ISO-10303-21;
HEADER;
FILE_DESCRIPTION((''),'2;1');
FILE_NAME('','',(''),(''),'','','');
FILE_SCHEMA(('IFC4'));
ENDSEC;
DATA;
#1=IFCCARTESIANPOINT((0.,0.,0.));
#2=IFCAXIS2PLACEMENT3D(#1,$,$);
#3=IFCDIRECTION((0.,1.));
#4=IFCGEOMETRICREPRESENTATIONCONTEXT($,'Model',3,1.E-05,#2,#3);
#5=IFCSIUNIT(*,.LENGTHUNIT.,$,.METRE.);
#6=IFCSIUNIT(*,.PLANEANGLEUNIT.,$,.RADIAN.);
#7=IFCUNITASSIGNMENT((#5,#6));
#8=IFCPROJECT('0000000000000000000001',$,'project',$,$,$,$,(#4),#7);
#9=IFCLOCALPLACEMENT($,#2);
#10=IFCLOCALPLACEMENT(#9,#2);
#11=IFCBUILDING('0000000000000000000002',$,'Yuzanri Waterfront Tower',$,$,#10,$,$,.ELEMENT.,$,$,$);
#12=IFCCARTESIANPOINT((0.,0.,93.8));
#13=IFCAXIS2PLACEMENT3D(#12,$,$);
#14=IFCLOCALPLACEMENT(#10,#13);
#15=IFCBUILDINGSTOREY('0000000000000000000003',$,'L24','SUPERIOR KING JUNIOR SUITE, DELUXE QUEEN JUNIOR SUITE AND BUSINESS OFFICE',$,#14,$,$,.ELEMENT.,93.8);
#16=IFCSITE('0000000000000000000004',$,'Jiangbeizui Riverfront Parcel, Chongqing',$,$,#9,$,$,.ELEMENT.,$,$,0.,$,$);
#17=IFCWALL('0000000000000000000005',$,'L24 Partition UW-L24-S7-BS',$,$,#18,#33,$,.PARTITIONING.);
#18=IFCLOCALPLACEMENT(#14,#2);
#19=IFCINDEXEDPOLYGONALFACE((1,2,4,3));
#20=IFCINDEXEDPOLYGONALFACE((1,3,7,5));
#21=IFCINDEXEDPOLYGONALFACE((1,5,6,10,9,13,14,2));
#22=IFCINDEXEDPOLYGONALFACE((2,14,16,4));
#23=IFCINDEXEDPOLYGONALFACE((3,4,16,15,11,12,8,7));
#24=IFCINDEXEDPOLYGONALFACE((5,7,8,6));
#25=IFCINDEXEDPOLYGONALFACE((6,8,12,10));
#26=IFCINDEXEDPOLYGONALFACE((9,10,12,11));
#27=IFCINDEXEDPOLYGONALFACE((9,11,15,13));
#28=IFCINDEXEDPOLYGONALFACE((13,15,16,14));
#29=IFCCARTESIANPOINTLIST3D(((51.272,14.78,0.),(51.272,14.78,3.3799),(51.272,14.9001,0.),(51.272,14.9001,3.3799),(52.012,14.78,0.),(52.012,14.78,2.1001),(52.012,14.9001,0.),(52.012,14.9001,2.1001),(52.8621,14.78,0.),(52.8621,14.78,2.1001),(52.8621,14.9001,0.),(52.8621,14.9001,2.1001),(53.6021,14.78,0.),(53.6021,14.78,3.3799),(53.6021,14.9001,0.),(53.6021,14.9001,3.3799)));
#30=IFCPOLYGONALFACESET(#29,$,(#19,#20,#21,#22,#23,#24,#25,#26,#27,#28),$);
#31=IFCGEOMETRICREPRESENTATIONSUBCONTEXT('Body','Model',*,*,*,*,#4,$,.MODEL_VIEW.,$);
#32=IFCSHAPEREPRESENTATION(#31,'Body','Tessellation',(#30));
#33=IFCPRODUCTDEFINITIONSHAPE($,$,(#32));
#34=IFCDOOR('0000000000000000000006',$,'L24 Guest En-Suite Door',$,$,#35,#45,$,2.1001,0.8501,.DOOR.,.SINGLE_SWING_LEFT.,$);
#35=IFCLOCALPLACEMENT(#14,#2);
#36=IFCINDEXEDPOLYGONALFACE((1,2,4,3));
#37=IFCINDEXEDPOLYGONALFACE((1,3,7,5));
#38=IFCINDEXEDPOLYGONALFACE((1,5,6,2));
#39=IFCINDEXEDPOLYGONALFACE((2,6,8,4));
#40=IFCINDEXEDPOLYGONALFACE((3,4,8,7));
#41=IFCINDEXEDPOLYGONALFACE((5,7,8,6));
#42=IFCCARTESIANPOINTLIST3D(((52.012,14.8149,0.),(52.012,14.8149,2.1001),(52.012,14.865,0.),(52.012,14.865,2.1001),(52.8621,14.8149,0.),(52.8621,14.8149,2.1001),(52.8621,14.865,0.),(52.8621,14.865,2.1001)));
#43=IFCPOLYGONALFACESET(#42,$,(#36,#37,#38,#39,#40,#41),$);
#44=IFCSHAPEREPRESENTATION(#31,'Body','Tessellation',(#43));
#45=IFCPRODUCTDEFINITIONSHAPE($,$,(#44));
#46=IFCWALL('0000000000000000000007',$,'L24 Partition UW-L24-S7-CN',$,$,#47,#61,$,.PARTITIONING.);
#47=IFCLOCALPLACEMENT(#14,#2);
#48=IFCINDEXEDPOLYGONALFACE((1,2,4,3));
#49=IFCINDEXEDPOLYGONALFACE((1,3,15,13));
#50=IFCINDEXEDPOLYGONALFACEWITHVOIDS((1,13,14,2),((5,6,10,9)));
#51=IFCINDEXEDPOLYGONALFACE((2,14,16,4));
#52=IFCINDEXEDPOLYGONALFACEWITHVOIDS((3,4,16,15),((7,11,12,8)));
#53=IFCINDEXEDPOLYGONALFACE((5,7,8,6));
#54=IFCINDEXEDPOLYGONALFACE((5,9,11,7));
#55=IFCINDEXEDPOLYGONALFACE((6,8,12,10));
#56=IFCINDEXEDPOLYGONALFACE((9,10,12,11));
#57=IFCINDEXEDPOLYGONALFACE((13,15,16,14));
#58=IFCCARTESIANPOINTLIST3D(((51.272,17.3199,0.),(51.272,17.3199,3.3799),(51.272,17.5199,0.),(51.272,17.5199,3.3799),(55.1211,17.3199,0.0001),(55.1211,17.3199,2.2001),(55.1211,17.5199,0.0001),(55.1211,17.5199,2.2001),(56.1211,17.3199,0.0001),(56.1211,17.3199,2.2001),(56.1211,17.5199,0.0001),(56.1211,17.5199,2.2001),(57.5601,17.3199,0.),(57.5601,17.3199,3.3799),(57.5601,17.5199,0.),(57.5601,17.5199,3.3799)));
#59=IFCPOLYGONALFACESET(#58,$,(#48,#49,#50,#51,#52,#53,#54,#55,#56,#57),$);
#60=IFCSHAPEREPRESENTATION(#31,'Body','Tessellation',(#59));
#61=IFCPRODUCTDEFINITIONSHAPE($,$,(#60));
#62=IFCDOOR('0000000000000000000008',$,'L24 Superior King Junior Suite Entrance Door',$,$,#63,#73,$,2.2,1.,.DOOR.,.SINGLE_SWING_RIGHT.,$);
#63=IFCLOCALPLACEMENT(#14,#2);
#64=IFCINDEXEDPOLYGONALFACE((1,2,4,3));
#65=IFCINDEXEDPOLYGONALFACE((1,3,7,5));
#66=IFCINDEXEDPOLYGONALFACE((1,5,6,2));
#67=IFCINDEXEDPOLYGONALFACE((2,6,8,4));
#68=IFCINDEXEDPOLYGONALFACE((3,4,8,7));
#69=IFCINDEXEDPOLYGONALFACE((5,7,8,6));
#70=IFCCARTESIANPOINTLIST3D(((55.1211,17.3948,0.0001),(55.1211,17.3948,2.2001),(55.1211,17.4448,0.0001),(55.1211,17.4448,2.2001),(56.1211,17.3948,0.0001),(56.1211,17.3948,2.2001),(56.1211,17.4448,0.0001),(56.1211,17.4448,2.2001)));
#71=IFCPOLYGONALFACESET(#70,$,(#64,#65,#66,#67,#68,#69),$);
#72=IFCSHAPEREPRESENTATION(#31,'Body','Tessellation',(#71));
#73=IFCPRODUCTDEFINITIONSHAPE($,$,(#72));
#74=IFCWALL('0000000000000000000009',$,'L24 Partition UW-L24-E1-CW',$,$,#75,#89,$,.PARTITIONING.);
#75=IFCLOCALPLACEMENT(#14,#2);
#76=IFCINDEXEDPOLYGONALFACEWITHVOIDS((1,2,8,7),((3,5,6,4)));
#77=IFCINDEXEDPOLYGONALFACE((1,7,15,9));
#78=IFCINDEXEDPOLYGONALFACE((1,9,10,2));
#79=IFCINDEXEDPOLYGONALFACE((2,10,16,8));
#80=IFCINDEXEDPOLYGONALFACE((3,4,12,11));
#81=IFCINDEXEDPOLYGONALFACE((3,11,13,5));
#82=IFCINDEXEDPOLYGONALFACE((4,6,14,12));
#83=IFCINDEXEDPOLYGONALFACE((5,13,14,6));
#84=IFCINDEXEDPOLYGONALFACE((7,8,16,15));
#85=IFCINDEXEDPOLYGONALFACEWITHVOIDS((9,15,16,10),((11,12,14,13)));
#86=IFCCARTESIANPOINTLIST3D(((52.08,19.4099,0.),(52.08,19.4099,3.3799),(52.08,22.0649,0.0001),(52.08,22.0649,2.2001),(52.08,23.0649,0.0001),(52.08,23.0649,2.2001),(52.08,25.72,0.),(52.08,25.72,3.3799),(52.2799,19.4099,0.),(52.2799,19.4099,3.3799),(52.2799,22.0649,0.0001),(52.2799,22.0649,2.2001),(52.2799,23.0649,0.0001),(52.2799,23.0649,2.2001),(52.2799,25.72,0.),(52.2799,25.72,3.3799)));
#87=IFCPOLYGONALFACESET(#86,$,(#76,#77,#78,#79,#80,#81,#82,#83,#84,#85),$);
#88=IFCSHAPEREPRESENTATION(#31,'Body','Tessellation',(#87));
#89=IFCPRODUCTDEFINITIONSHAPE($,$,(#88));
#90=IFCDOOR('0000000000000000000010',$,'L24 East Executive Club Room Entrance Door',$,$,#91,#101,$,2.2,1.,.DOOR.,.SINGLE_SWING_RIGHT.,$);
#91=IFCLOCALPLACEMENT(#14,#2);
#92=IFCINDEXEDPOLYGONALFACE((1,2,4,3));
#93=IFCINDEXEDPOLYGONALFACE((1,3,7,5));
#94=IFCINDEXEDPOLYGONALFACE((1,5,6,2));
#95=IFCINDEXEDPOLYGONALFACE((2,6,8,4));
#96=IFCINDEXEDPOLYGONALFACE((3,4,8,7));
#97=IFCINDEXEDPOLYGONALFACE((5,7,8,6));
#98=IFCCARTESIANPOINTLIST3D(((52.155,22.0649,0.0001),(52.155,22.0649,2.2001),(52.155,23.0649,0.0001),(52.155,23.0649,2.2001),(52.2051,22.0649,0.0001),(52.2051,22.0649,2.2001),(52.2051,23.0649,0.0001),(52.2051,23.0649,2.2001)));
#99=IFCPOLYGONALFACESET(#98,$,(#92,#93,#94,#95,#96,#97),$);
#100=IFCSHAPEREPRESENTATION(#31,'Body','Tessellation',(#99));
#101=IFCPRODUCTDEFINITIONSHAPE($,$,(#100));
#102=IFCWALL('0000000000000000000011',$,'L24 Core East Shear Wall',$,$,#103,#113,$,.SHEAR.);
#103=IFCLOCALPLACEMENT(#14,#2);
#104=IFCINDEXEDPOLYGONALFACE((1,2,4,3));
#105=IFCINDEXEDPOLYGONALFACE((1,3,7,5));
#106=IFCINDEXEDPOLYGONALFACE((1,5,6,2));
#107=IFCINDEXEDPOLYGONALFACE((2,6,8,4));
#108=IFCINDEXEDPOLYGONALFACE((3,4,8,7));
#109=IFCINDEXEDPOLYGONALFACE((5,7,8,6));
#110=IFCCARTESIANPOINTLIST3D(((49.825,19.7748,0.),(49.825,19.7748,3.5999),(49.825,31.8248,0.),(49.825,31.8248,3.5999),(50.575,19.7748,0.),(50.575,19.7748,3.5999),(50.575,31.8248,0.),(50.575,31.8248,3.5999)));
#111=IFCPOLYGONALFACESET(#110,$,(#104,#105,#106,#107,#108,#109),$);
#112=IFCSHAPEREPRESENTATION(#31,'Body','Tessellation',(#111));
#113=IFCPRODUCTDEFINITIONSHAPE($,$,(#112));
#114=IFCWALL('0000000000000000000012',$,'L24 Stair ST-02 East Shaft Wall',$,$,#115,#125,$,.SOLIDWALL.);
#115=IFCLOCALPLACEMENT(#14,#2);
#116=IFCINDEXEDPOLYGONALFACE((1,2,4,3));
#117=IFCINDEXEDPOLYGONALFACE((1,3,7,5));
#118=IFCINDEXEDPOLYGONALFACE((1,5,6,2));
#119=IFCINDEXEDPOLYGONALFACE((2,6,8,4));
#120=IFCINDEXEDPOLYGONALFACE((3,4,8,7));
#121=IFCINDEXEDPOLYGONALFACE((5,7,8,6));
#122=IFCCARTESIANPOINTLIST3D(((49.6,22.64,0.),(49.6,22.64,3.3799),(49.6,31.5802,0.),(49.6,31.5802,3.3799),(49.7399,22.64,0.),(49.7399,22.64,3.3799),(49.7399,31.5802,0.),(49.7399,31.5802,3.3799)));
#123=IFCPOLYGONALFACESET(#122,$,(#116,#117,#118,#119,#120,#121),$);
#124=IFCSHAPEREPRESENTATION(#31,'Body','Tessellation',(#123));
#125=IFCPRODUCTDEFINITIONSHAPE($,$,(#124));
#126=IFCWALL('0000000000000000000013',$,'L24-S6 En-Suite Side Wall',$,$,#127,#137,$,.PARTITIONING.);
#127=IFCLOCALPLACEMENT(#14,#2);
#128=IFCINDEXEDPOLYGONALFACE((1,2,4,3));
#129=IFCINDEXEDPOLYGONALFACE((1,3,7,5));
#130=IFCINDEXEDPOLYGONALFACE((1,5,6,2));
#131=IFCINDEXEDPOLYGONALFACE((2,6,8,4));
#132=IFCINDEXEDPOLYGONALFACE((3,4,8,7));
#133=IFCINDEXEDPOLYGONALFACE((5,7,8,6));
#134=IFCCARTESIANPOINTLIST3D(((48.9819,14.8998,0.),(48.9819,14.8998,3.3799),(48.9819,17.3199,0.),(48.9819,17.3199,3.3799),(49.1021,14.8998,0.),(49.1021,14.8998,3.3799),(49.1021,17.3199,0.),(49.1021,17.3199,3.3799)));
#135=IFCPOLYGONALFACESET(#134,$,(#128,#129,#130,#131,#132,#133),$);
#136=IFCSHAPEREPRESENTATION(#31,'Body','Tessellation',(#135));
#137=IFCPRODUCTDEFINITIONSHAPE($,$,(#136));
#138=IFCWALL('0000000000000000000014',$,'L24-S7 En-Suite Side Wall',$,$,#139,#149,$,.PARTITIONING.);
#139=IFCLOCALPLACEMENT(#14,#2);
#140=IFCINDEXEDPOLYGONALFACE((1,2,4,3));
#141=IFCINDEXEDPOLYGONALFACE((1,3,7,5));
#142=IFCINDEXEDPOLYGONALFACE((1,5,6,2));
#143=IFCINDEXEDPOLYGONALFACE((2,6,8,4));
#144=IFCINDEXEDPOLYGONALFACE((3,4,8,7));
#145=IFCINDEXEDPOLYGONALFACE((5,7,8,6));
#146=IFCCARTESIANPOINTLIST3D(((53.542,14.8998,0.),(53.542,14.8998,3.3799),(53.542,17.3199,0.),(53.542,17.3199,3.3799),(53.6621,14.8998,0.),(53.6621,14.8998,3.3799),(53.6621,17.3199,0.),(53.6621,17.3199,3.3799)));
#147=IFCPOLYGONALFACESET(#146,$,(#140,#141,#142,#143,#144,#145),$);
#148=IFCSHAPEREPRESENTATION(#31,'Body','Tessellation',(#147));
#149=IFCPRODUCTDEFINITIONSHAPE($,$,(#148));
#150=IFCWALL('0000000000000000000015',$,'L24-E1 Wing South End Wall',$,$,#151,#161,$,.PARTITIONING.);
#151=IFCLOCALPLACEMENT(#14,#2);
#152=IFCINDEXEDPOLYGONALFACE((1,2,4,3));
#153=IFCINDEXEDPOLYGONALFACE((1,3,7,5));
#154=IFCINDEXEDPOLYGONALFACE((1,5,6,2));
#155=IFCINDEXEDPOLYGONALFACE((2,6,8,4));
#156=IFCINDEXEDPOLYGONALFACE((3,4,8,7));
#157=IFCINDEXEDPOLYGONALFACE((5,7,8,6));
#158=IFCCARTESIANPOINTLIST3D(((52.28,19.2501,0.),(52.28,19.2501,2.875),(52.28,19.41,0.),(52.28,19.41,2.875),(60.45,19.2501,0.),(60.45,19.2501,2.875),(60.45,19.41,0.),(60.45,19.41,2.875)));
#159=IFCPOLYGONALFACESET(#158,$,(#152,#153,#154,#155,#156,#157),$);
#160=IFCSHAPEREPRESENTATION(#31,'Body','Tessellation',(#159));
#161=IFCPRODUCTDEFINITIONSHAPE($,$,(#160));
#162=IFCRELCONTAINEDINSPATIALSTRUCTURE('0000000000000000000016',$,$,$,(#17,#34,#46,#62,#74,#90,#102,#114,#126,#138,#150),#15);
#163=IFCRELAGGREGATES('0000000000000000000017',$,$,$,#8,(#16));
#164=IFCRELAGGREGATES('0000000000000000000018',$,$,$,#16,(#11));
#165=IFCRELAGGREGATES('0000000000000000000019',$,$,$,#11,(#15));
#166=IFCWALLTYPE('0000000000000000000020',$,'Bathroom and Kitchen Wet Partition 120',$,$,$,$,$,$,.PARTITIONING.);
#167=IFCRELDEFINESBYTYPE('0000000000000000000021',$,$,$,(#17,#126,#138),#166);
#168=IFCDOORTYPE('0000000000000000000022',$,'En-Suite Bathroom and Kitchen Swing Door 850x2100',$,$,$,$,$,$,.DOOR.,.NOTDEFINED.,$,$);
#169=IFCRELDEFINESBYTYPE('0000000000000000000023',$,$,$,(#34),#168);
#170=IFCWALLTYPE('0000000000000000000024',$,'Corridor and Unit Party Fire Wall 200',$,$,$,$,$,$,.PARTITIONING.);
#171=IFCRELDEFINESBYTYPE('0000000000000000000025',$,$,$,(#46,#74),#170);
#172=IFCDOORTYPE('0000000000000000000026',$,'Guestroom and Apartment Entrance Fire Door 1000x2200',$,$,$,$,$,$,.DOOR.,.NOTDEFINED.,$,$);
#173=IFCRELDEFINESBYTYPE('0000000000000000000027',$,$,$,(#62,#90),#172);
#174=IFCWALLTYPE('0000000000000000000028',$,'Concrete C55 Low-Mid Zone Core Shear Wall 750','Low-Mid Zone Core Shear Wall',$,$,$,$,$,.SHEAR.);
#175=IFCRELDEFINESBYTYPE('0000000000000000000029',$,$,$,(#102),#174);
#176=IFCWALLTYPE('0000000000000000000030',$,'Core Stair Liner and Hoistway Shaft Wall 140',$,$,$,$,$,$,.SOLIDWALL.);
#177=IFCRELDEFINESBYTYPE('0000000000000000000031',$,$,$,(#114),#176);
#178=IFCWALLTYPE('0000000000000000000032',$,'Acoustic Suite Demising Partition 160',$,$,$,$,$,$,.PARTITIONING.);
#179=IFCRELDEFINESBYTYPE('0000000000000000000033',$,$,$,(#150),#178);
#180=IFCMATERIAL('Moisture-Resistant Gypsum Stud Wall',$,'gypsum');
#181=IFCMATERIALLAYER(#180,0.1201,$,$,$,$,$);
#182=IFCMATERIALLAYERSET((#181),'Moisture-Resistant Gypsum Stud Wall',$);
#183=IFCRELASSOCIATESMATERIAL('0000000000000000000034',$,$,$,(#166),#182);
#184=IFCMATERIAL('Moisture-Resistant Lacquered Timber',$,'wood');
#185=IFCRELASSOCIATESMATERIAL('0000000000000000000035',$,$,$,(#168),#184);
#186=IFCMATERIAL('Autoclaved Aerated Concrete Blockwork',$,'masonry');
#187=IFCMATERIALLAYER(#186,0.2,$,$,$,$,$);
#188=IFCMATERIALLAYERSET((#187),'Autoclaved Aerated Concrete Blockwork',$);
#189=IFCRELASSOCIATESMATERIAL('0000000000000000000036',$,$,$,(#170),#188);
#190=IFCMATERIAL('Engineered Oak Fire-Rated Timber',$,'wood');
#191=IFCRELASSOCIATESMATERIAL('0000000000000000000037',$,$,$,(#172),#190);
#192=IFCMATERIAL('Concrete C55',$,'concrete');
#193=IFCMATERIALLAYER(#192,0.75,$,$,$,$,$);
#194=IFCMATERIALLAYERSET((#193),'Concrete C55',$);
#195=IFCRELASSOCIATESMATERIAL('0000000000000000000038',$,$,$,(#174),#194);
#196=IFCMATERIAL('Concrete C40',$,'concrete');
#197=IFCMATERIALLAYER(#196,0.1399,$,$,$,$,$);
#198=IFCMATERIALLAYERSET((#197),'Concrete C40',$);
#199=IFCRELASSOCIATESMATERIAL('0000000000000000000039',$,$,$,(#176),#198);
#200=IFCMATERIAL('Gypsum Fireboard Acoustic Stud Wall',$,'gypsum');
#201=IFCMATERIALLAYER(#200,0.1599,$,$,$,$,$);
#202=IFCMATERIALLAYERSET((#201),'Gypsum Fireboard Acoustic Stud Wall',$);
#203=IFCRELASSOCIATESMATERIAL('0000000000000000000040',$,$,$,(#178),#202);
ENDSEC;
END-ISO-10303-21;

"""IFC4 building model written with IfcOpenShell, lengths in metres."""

from ifc_helpers import new_model, si_unit, direction, frame, frame_2d, origin, place, context, subcontext, project, spatial, rectangle, extrude, source, transform, mapped, material, layer, layer_set, type_object, element, fill, save


model = new_model("IFC4")

# Units and contexts
model_context = context("Model", 3, precision=1e-05, world=origin(), true_north=direction((0.0, 1.0)))
body_context = subcontext(model_context, "Body", "Model", "MODEL_VIEW")
ifc_project = project(units=[si_unit("LENGTHUNIT", "METRE"), si_unit("PLANEANGLEUNIT", "RADIAN")], contexts=[model_context])

# Site, building, storey
site_placement = place(None, origin())
site = spatial("IfcSite", under=ifc_project, at=site_placement, Name="Jiangbeizui Riverfront Parcel, Chongqing", CompositionType="ELEMENT", RefElevation=0.0)
building_placement = place(site_placement, origin())
building = spatial("IfcBuilding", under=site, at=building_placement, Name="Yuzanri Waterfront Tower", CompositionType="ELEMENT")
storey_placement = place(building_placement, frame((0.0, 0.0, 93.8)))
storey = spatial("IfcBuildingStorey", under=building, at=storey_placement, Name="L24", Description="SUPERIOR KING JUNIOR SUITE, DELUXE QUEEN JUNIOR SUITE AND BUSINESS OFFICE", CompositionType="ELEMENT", Elevation=93.8)

# Walls, openings, doors
ifc_material_1 = material(Name="Moisture-Resistant Gypsum Stud Wall", Category="gypsum")
ifc_layer_1 = layer(ifc_material_1, 0.1201)
ifc_layer_set_1 = layer_set([ifc_layer_1], Name="Moisture-Resistant Gypsum Stud Wall")
wall_type_1 = type_object("IfcWallType", Name="Bathroom and Kitchen Wet Partition 120", PredefinedType="PARTITIONING", material=ifc_layer_set_1)
wall_1_placement = place(storey_placement, frame((51.272, 14.8401, 0.0), z_axis=(0.0, 0.0, 1.0), x_axis=(1.0, 0.0, 0.0)))
wall_1 = element("IfcWall", 1, at=wall_1_placement, inside=storey, type_object=wall_type_1, Name="L24 Partition UW-L24-S7-BS", PredefinedType="PARTITIONING", context=body_context, shape_type="SweptSolid", body=[
    extrude(rectangle(XDim=2.3301, YDim=0.1201, at=frame_2d((1.165, 0.0))), origin(), (0.0, 0.0, 1.0), 3.3799),
])
opening_1_placement = place(wall_1_placement, frame((0.74, 0.0, 0.0)))
opening_1 = element("IfcOpeningElement", 2, at=opening_1_placement, cuts=wall_1, PredefinedType="OPENING", context=body_context, shape_type="SweptSolid", body=[
    extrude(rectangle(XDim=0.8501, YDim=2.1001, at=frame_2d((0.425, 1.05))), frame((0.0, 0.075, 0.0), z_axis=(0.0, -1.0, 0.0), x_axis=(1.0, 0.0, 0.0)), (0.0, 0.0, 1.0), 0.1499),
])
ifc_material_2 = material(Name="Moisture-Resistant Lacquered Timber", Category="wood")
door_type_1 = type_object("IfcDoorType", Name="En-Suite Bathroom and Kitchen Swing Door 850x2100", OperationType="NOTDEFINED", PredefinedType="DOOR", material=ifc_material_2)
shared_shape_1 = source(origin(), body_context, "Body", "SweptSolid", [
    extrude(rectangle(XDim=0.8501, YDim=2.1001, at=frame_2d((0.425, 1.05))), frame((0.0, 0.0249, 0.0), z_axis=(0.0, -1.0, 0.0), x_axis=(1.0, 0.0, 0.0)), (0.0, 0.0, 1.0), 0.05),
])
door_1_placement = place(opening_1_placement, origin())
door_1 = element("IfcDoor", 3, at=door_1_placement, inside=storey, type_object=door_type_1, Name="L24 Guest En-Suite Door", OperationType="SINGLE_SWING_LEFT", OverallHeight=2.1001, OverallWidth=0.8501, PredefinedType="DOOR", context=body_context, shape_type="MappedRepresentation", body=[
    mapped(shared_shape_1, transform((0.0, 0.0, 0.0), scale=1.0)),
])
fill(opening_1, door_1)
ifc_material_3 = material(Name="Autoclaved Aerated Concrete Blockwork", Category="masonry")
ifc_layer_2 = layer(ifc_material_3, 0.2)
ifc_layer_set_2 = layer_set([ifc_layer_2], Name="Autoclaved Aerated Concrete Blockwork")
wall_type_2 = type_object("IfcWallType", Name="Corridor and Unit Party Fire Wall 200", PredefinedType="PARTITIONING", material=ifc_layer_set_2)
wall_2_placement = place(storey_placement, frame((51.272, 17.4199, 0.0), z_axis=(0.0, 0.0, 1.0), x_axis=(1.0, 0.0, 0.0)))
wall_2 = element("IfcWall", 4, at=wall_2_placement, inside=storey, type_object=wall_type_2, Name="L24 Partition UW-L24-S7-CN", PredefinedType="PARTITIONING", context=body_context, shape_type="SweptSolid", body=[
    extrude(rectangle(XDim=6.2881, YDim=0.2, at=frame_2d((3.144, 0.0))), origin(), (0.0, 0.0, 1.0), 3.3799),
])
opening_2_placement = place(wall_2_placement, frame((3.8491, 0.0, 0.0)))
opening_2 = element("IfcOpeningElement", 5, at=opening_2_placement, cuts=wall_2, PredefinedType="OPENING", context=body_context, shape_type="SweptSolid", body=[
    extrude(rectangle(XDim=1.0, YDim=2.2, at=frame_2d((0.5, 1.1001))), frame((0.0, 0.1147, 0.0), z_axis=(0.0, -1.0, 0.0), x_axis=(1.0, 0.0, 0.0)), (0.0, 0.0, 1.0), 0.2297),
])
ifc_material_4 = material(Name="Engineered Oak Fire-Rated Timber", Category="wood")
door_type_2 = type_object("IfcDoorType", Name="Guestroom and Apartment Entrance Fire Door 1000x2200", OperationType="NOTDEFINED", PredefinedType="DOOR", material=ifc_material_4)
shared_shape_2 = source(origin(), body_context, "Body", "SweptSolid", [
    extrude(rectangle(XDim=1.0, YDim=2.2, at=frame_2d((0.5, 1.1001))), frame((0.0, 0.0249, 0.0), z_axis=(0.0, -1.0, 0.0), x_axis=(1.0, 0.0, 0.0)), (0.0, 0.0, 1.0), 0.05),
])
door_2_placement = place(opening_2_placement, origin())
door_2 = element("IfcDoor", 6, at=door_2_placement, inside=storey, type_object=door_type_2, Name="L24 Superior King Junior Suite Entrance Door", OperationType="SINGLE_SWING_RIGHT", OverallHeight=2.2, OverallWidth=1.0, PredefinedType="DOOR", context=body_context, shape_type="MappedRepresentation", body=[
    mapped(shared_shape_2, transform((0.0, 0.0, 0.0), scale=1.0)),
])
fill(opening_2, door_2)
wall_3_placement = place(storey_placement, frame((52.1799, 19.4099, 0.0), z_axis=(0.0, 0.0, 1.0), x_axis=(0.0, 1.0, 0.0)))
wall_3 = element("IfcWall", 7, at=wall_3_placement, inside=storey, type_object=wall_type_2, Name="L24 Partition UW-L24-E1-CW", PredefinedType="PARTITIONING", context=body_context, shape_type="SweptSolid", body=[
    extrude(rectangle(XDim=6.3101, YDim=0.2, at=frame_2d((3.155, 0.0))), origin(), (0.0, 0.0, 1.0), 3.3799),
])
opening_3_placement = place(wall_3_placement, frame((2.655, 0.0, 0.0)))
opening_3 = element("IfcOpeningElement", 8, at=opening_3_placement, cuts=wall_3, PredefinedType="OPENING", context=body_context, shape_type="SweptSolid", body=[
    extrude(rectangle(XDim=1.0, YDim=2.2, at=frame_2d((0.5, 1.1001))), frame((0.0, 0.1147, 0.0), z_axis=(0.0, -1.0, 0.0), x_axis=(1.0, 0.0, 0.0)), (0.0, 0.0, 1.0), 0.2297),
])
door_3_placement = place(opening_3_placement, origin())
door_3 = element("IfcDoor", 9, at=door_3_placement, inside=storey, type_object=door_type_2, Name="L24 East Executive Club Room Entrance Door", OperationType="SINGLE_SWING_RIGHT", OverallHeight=2.2, OverallWidth=1.0, PredefinedType="DOOR", context=body_context, shape_type="MappedRepresentation", body=[
    mapped(shared_shape_2, transform((0.0, 0.0, 0.0), scale=1.0)),
])
fill(opening_3, door_3)

# Walls
ifc_material_5 = material(Name="Concrete C55", Category="concrete")
ifc_layer_3 = layer(ifc_material_5, 0.75)
ifc_layer_set_3 = layer_set([ifc_layer_3], Name="Concrete C55")
wall_type_3 = type_object("IfcWallType", Name="Concrete C55 Low-Mid Zone Core Shear Wall 750", Description="Low-Mid Zone Core Shear Wall", PredefinedType="SHEAR", material=ifc_layer_set_3)
shared_shape_3 = source(origin(), body_context, "Body", "SweptSolid", [
    extrude(rectangle(XDim=12.05, YDim=0.75, at=frame_2d((6.0249, 0.0))), origin(), (0.0, 0.0, 1.0), 3.5999),
])
wall_4_placement = place(storey_placement, frame((50.2, 19.7749, 0.0), z_axis=(0.0, 0.0, 1.0), x_axis=(0.0, 1.0, 0.0)))
element("IfcWall", 10, at=wall_4_placement, inside=storey, type_object=wall_type_3, Name="L24 Core East Shear Wall", PredefinedType="SHEAR", context=body_context, shape_type="MappedRepresentation", body=[
    mapped(shared_shape_3, transform((0.0, 0.0, 0.0), scale=1.0)),
])
ifc_material_6 = material(Name="Concrete C40", Category="concrete")
ifc_layer_4 = layer(ifc_material_6, 0.1399)
ifc_layer_set_4 = layer_set([ifc_layer_4], Name="Concrete C40")
wall_type_4 = type_object("IfcWallType", Name="Core Stair Liner and Hoistway Shaft Wall 140", PredefinedType="SOLIDWALL", material=ifc_layer_set_4)
shared_shape_4 = source(origin(), body_context, "Body", "SweptSolid", [
    extrude(rectangle(XDim=8.9402, YDim=0.1399, at=frame_2d((4.4702, 0.0))), origin(), (0.0, 0.0, 1.0), 3.3799),
])
wall_5_placement = place(storey_placement, frame((49.6699, 22.6399, 0.0), z_axis=(0.0, 0.0, 1.0), x_axis=(0.0, 1.0, 0.0)))
element("IfcWall", 11, at=wall_5_placement, inside=storey, type_object=wall_type_4, Name="L24 Stair ST-02 East Shaft Wall", PredefinedType="SOLIDWALL", context=body_context, shape_type="MappedRepresentation", body=[
    mapped(shared_shape_4, transform((0.0, 0.0, 0.0), scale=1.0)),
])
shared_shape_5 = source(origin(), body_context, "Body", "SweptSolid", [
    extrude(rectangle(XDim=2.4202, YDim=0.1201, at=frame_2d((1.21, 0.0))), origin(), (0.0, 0.0, 1.0), 3.3799),
])
for number, where, z_axis, x_axis, name in (
    (12, (49.042, 14.8999, 0.0), (0.0, 0.0, 1.0), (0.0, 1.0, 0.0), "L24-S6 En-Suite Side Wall"),
    (13, (53.6021, 14.8999, 0.0), (0.0, 0.0, 1.0), (0.0, 1.0, 0.0), "L24-S7 En-Suite Side Wall"),
):
    element("IfcWall", number, at=place(storey_placement, frame(where, z_axis=z_axis, x_axis=x_axis)), inside=storey, type_object=wall_type_1, Name=name, PredefinedType="PARTITIONING", context=body_context, shape_type="MappedRepresentation", body=[
        mapped(shared_shape_5, transform((0.0, 0.0, 0.0), scale=1.0)),
    ])
ifc_material_7 = material(Name="Gypsum Fireboard Acoustic Stud Wall", Category="gypsum")
ifc_layer_5 = layer(ifc_material_7, 0.1599)
ifc_layer_set_5 = layer_set([ifc_layer_5], Name="Gypsum Fireboard Acoustic Stud Wall")
wall_type_5 = type_object("IfcWallType", Name="Acoustic Suite Demising Partition 160", PredefinedType="PARTITIONING", material=ifc_layer_set_5)
shared_shape_6 = source(origin(), body_context, "Body", "SweptSolid", [
    extrude(rectangle(XDim=8.1699, YDim=0.1599, at=frame_2d((4.085, 0.0))), origin(), (0.0, 0.0, 1.0), 2.875),
])
wall_6_placement = place(storey_placement, frame((52.28, 19.3301, 0.0), z_axis=(0.0, 0.0, 1.0), x_axis=(1.0, 0.0, 0.0)))
element("IfcWall", 14, at=wall_6_placement, inside=storey, type_object=wall_type_5, Name="L24-E1 Wing South End Wall", PredefinedType="PARTITIONING", context=body_context, shape_type="MappedRepresentation", body=[
    mapped(shared_shape_6, transform((0.0, 0.0, 0.0), scale=1.0)),
])

save(model, "model.ifc")
